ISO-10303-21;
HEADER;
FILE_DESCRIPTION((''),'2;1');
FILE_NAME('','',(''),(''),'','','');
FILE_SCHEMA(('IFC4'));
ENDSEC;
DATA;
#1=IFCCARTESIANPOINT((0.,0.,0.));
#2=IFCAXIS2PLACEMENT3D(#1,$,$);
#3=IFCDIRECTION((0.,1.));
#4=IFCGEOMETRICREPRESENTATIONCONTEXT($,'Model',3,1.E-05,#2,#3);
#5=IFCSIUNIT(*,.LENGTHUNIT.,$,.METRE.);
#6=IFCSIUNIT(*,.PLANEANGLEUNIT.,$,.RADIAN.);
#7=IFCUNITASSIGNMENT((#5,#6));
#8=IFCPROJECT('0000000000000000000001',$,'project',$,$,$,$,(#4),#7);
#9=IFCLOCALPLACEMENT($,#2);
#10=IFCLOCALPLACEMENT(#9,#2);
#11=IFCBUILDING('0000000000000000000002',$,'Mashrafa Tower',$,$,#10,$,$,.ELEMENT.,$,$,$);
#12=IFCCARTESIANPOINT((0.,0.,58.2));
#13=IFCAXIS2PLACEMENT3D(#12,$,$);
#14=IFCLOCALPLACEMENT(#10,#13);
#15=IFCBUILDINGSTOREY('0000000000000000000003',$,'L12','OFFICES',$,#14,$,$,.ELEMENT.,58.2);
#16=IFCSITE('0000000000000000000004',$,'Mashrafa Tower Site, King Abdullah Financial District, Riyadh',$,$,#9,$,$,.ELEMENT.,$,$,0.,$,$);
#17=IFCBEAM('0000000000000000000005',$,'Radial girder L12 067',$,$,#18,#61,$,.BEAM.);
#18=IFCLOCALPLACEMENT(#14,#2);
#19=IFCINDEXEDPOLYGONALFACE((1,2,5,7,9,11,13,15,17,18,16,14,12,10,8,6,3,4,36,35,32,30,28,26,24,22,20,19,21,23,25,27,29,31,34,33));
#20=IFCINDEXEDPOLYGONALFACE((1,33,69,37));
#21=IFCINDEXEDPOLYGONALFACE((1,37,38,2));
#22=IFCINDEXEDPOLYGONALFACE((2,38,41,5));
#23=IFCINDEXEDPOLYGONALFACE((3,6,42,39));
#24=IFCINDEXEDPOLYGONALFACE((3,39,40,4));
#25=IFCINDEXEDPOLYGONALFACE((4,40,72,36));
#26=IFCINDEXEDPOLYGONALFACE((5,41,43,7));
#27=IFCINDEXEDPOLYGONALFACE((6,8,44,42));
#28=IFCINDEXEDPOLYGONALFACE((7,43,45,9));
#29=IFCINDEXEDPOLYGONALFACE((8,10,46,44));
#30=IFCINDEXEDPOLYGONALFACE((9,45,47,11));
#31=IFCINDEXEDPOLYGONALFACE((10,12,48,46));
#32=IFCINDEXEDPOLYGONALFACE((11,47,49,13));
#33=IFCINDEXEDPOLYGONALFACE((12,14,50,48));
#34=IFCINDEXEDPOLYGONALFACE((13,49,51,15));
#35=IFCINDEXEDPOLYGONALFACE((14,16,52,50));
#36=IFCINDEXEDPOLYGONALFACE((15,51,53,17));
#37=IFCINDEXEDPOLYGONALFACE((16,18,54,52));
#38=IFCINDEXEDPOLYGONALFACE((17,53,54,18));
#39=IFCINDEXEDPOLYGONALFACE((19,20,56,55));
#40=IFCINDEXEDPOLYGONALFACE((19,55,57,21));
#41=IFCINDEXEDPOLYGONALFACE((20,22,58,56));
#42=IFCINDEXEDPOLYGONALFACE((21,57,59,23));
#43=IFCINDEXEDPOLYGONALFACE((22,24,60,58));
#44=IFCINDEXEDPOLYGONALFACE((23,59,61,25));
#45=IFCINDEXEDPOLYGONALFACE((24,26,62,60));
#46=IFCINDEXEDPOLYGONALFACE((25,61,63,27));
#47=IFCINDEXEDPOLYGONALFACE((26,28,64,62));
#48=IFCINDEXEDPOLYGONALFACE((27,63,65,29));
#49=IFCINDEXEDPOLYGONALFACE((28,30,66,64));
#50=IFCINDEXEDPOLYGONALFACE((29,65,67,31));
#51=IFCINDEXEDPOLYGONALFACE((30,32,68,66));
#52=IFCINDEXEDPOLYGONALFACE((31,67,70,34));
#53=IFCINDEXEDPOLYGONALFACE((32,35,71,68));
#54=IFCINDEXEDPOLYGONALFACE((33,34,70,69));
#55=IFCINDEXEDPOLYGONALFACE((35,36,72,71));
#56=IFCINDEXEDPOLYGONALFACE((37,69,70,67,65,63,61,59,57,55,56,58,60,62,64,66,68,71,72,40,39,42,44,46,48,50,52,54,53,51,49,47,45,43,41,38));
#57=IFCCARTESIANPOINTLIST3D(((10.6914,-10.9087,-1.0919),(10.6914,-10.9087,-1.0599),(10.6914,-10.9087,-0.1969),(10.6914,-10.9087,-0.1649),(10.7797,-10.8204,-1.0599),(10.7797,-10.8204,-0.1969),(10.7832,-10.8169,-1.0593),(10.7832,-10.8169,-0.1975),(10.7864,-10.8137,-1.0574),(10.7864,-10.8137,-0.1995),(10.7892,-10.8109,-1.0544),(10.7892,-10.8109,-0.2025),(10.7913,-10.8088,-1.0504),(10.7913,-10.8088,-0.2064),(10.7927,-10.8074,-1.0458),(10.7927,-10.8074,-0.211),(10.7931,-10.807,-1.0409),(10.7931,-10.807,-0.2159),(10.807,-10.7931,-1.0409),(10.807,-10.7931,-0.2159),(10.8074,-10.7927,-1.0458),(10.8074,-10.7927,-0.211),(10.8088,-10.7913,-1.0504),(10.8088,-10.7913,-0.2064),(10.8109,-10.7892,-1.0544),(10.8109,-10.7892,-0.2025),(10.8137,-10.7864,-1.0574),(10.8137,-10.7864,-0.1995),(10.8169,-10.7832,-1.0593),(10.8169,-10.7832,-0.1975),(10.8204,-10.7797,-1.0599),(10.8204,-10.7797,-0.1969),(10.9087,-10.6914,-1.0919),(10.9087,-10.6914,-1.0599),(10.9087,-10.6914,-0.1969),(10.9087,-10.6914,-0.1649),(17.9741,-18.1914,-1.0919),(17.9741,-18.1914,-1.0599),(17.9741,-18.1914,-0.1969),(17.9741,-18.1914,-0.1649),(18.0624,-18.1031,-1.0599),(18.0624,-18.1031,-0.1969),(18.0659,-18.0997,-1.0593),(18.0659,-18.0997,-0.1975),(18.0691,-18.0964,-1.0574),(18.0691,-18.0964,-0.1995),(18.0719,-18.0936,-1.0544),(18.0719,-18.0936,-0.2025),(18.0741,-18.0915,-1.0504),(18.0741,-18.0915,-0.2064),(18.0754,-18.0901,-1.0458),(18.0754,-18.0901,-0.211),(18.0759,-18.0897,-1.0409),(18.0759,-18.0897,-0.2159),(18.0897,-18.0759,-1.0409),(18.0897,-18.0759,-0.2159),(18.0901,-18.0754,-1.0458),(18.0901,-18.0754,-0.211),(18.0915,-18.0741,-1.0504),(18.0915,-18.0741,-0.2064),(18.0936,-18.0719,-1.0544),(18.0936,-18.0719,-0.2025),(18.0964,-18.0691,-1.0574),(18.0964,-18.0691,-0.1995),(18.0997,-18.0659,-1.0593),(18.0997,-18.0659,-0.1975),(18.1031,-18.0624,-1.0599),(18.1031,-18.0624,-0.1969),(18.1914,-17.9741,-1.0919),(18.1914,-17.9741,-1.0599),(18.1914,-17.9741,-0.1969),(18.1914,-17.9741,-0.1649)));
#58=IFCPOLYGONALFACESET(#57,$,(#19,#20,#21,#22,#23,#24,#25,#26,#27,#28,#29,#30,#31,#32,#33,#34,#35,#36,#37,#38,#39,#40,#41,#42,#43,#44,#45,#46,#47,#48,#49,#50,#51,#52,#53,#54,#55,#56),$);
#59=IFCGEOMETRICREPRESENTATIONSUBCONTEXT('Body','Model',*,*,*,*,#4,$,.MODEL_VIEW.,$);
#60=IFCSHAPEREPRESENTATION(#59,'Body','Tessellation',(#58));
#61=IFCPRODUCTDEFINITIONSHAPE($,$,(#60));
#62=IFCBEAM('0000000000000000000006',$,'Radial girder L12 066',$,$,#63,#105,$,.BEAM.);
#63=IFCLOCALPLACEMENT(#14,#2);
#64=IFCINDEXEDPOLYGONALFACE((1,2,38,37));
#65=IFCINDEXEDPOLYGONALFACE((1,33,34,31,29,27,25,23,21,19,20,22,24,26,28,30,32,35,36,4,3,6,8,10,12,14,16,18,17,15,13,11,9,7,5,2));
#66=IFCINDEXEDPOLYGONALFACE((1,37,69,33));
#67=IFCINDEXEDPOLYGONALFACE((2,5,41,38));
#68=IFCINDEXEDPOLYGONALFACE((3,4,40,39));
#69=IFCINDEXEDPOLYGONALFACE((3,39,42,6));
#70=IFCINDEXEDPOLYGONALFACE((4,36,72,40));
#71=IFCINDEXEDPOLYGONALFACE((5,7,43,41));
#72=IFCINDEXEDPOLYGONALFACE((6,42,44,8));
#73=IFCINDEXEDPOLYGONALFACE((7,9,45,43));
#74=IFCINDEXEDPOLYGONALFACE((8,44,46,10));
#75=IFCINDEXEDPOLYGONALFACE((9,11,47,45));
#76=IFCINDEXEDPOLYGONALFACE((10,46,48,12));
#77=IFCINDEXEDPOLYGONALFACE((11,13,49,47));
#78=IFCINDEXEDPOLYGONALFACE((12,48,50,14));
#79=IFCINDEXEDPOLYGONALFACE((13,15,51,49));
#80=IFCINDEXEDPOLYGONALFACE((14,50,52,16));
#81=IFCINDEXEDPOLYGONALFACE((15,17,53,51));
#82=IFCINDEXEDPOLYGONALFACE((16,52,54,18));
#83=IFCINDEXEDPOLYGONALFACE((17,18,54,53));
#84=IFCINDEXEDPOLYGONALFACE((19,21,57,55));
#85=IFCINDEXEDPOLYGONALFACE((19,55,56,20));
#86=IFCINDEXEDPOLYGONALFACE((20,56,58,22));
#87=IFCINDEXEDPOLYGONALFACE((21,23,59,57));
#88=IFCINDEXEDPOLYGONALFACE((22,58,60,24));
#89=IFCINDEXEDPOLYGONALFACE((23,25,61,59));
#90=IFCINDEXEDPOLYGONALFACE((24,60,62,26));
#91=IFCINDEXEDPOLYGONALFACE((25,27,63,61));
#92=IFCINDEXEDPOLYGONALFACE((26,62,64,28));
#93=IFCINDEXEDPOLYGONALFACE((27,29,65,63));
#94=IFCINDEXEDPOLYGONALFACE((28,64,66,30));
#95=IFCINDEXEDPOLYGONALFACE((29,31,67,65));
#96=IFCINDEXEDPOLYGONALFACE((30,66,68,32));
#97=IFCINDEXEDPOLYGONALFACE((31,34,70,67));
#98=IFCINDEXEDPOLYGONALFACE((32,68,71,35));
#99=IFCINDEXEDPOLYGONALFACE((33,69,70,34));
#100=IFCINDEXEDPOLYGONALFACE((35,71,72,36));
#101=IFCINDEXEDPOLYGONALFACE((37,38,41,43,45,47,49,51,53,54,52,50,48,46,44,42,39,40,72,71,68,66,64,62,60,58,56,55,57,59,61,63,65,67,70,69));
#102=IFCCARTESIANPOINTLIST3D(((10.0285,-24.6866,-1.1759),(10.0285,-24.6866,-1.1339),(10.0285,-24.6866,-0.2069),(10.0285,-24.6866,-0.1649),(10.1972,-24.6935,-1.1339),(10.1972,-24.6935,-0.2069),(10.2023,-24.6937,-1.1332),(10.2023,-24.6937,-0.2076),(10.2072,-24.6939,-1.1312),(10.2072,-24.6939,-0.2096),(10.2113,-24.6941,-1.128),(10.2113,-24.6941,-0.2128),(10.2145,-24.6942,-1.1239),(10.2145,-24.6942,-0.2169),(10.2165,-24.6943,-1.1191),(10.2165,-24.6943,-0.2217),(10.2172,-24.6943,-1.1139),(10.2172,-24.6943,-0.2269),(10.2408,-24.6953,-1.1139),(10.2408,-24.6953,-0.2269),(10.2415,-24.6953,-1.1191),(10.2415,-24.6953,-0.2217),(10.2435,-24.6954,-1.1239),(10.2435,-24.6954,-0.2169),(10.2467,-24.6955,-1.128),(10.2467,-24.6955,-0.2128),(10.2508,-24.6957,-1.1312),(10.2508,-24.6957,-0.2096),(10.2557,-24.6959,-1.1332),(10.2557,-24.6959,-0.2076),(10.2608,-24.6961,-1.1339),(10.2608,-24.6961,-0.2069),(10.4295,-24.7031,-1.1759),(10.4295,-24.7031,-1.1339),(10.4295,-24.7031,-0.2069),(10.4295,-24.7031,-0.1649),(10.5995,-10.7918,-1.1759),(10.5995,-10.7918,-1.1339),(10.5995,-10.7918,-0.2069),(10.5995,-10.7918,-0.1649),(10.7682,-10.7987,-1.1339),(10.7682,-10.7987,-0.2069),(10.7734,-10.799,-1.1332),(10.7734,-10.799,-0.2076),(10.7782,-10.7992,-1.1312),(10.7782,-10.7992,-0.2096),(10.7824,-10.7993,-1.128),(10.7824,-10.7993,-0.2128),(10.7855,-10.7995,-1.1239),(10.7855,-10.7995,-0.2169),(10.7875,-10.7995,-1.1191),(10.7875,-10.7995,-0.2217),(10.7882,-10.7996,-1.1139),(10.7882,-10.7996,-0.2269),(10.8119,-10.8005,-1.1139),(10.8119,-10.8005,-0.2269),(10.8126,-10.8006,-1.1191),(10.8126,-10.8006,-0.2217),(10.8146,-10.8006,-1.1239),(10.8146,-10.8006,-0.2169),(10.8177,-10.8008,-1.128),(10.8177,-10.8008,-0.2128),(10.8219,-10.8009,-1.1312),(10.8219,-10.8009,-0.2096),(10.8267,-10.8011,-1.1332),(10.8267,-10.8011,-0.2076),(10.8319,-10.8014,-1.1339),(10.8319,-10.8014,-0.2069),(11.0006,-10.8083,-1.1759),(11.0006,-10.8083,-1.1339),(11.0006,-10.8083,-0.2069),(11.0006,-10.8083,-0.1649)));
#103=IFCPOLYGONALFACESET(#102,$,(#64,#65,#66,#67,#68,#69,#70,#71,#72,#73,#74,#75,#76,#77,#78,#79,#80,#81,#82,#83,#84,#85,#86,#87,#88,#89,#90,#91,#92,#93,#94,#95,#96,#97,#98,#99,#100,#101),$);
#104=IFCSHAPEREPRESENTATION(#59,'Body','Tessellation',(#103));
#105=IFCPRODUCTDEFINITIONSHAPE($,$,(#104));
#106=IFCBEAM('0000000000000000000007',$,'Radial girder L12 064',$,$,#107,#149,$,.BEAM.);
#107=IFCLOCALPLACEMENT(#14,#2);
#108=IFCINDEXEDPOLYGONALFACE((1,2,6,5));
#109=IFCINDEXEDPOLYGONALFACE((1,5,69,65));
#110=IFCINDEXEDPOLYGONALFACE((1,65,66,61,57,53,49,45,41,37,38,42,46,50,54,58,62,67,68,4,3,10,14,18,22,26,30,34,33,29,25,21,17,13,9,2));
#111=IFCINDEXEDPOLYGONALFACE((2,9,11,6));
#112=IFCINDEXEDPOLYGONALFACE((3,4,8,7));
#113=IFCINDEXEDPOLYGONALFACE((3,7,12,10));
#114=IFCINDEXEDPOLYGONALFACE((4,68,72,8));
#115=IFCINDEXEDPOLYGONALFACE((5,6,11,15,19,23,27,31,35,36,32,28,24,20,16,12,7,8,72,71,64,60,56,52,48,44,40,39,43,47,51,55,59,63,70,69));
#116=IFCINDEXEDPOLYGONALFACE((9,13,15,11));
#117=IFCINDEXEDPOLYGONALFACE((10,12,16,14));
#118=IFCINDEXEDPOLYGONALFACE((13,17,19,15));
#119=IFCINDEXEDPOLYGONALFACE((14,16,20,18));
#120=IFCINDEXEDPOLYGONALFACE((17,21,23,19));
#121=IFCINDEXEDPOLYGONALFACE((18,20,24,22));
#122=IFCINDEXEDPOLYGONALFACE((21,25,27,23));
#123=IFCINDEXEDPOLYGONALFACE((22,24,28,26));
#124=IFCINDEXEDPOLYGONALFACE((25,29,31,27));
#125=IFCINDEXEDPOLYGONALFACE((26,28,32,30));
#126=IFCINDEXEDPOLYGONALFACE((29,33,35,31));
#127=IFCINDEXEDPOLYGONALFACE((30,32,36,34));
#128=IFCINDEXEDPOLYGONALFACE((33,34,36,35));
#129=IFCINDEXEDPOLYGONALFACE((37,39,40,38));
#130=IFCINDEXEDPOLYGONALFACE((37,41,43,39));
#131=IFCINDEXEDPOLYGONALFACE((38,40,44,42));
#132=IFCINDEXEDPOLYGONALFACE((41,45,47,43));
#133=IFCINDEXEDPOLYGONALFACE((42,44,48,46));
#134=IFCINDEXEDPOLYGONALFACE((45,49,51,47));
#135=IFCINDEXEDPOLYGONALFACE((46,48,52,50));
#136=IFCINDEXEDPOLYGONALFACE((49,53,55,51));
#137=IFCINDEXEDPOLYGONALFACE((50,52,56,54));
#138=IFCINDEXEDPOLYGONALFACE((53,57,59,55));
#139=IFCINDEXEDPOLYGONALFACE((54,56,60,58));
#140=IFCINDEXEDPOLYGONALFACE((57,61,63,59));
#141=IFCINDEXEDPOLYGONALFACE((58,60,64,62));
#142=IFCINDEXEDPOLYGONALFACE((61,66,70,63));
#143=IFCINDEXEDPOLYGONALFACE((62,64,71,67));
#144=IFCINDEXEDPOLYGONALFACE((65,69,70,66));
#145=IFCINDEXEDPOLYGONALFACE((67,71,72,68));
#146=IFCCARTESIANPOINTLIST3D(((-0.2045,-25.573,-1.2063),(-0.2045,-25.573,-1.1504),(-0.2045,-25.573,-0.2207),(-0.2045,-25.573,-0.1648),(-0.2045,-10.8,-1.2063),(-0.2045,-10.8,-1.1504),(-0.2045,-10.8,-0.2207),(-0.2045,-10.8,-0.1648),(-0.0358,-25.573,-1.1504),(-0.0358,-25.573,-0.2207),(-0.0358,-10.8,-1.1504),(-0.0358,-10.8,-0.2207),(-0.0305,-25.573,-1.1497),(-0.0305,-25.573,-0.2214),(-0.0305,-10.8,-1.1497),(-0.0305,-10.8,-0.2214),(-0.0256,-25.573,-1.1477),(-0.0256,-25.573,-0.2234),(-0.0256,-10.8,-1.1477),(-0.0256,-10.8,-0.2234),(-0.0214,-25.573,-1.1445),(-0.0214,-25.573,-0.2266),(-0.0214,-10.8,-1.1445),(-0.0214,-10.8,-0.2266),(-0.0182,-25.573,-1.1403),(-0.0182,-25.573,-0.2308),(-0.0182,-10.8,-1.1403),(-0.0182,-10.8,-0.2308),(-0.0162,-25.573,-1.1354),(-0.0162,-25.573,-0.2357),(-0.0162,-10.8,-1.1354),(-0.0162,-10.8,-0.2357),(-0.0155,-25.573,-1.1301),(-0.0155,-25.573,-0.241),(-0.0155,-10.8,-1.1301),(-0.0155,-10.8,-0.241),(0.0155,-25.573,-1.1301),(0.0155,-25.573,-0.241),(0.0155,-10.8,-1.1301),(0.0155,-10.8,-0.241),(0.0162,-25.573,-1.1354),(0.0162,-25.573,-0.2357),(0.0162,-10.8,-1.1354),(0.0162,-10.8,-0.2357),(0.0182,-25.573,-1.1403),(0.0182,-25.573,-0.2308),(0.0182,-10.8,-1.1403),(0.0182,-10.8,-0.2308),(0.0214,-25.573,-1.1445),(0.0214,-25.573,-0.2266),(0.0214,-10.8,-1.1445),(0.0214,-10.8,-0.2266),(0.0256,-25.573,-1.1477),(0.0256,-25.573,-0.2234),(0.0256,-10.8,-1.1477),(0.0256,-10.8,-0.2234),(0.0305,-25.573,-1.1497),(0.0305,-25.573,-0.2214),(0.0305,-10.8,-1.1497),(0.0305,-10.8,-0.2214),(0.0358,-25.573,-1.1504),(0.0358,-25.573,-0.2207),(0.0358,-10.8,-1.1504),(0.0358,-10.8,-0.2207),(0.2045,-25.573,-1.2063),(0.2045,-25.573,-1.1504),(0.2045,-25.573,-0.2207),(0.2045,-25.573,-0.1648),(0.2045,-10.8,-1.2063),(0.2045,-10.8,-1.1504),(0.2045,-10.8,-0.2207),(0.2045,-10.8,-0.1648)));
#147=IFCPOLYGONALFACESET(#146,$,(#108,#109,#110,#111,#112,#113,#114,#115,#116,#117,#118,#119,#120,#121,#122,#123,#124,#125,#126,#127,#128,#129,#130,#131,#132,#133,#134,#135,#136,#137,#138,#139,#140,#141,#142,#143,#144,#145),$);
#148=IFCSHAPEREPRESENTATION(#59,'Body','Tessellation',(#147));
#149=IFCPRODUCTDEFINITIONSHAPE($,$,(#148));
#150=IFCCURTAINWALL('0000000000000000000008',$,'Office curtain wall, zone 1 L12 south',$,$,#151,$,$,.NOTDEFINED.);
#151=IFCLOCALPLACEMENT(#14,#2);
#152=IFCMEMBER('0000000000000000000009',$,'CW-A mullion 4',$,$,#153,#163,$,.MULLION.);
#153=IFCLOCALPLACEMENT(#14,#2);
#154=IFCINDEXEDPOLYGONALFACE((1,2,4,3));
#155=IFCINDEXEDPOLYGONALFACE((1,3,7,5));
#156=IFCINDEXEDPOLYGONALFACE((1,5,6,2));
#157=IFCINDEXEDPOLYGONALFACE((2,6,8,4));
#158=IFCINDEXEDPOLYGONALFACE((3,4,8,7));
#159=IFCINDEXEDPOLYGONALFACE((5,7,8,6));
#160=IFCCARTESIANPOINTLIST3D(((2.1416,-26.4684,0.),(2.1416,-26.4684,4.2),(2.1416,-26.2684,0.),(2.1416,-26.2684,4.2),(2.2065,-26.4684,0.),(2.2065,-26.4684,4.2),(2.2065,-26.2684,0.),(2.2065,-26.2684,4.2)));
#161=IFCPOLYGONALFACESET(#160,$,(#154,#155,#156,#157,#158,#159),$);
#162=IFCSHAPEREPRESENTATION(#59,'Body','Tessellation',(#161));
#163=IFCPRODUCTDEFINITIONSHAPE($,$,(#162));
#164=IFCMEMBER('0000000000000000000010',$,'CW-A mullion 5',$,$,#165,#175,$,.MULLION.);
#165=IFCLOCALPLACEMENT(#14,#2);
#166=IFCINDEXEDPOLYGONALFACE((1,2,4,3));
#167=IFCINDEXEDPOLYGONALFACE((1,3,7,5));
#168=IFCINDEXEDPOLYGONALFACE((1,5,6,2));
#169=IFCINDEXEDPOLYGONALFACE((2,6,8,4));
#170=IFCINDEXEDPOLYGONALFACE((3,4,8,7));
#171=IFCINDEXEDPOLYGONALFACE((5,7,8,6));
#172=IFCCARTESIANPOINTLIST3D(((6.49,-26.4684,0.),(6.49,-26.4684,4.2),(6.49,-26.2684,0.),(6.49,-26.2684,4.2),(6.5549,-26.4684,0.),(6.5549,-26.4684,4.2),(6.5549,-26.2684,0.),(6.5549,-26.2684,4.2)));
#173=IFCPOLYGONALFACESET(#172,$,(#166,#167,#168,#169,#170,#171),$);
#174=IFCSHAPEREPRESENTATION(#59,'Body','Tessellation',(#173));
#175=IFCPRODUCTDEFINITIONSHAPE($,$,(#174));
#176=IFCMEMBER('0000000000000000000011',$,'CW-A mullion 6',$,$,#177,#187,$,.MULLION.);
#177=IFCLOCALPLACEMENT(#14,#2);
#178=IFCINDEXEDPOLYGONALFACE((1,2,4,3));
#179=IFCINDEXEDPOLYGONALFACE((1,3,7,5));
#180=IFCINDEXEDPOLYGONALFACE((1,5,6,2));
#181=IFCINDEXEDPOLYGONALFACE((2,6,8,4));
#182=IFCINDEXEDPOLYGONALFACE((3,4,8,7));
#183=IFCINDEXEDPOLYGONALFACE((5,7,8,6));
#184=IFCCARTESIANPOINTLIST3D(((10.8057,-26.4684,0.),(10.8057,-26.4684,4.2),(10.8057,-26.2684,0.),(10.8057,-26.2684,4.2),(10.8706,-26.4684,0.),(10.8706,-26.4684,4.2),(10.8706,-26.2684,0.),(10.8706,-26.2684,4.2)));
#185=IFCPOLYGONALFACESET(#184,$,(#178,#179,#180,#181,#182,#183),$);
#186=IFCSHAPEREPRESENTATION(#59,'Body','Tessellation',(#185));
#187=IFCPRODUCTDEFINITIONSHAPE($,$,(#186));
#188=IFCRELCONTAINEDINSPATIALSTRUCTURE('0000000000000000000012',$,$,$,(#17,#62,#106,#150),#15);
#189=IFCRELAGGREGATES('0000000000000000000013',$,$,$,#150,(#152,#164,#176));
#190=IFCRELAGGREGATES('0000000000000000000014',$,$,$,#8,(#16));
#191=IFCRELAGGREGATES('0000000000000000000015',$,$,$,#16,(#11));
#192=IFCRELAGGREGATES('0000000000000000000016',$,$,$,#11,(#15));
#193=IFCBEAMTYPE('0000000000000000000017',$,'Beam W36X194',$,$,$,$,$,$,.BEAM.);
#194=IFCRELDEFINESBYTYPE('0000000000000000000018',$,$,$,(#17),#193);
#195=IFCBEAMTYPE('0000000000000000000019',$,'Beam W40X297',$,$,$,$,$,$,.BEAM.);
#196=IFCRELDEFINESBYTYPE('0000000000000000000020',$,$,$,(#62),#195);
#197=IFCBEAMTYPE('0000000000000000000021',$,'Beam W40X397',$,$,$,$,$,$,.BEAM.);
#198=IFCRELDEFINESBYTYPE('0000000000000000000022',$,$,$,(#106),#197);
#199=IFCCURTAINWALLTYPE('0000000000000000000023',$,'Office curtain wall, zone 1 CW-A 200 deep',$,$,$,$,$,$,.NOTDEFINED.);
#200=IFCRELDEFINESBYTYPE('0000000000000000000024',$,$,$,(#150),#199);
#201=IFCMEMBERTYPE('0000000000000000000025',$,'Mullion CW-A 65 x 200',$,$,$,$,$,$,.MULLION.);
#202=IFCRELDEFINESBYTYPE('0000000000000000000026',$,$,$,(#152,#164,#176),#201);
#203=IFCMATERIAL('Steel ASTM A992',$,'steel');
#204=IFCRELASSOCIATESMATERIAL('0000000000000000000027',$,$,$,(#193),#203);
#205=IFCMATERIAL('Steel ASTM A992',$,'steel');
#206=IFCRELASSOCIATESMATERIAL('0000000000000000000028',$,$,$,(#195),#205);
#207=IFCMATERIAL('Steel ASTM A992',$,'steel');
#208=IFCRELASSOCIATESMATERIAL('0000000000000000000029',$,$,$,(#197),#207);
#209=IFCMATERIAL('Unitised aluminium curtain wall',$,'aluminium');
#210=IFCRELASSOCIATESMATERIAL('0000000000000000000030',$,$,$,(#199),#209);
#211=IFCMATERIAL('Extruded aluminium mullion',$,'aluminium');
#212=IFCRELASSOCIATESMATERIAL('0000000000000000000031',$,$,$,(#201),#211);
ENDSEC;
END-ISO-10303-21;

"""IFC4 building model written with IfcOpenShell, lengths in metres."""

from ifc_helpers import new_model, si_unit, direction, frame, origin, origin_2d, place, context, subcontext, project, spatial, rectangle, i_section, extrude, source, transform, mapped, material, material_profile, profile_set, type_object, type_shapes, element, aggregate, save


model = new_model("IFC4")

# Units and contexts
model_context = context("Model", 3, precision=1e-05, world=origin(), true_north=direction((0.0, 1.0)))
body_context = subcontext(model_context, "Body", "Model", "MODEL_VIEW")
ifc_project = project(units=[si_unit("LENGTHUNIT", "METRE"), si_unit("PLANEANGLEUNIT", "RADIAN")], contexts=[model_context])

# Site, building, storey
site_placement = place(None, origin())
site = spatial("IfcSite", under=ifc_project, at=site_placement, Name="Mashrafa Tower Site, King Abdullah Financial District, Riyadh", CompositionType="ELEMENT", RefElevation=0.0)
building_placement = place(site_placement, origin())
building = spatial("IfcBuilding", under=site, at=building_placement, Name="Mashrafa Tower", CompositionType="ELEMENT")
storey_placement = place(building_placement, frame((0.0, 0.0, 58.2)))
storey = spatial("IfcBuildingStorey", under=building, at=storey_placement, Name="L12", Description="OFFICES", CompositionType="ELEMENT", Elevation=58.2)

# Beams
ifc_material_1 = material(Name="Steel ASTM A992", Category="steel")
ifc_material_profile_1 = material_profile(ifc_material_1, i_section(OverallWidth=0.3074, OverallDepth=0.927, WebThickness=0.0195, FlangeThickness=0.032, FilletRadius=0.019, at=origin_2d()), Name="W36X194")
ifc_profile_set_1 = profile_set([ifc_material_profile_1], Name="Steel ASTM A992")
beam_type_1 = type_object("IfcBeamType", Name="Beam W36X194", PredefinedType="BEAM", material=ifc_profile_set_1)
beam_1_placement = place(storey_placement, frame((10.8, -10.8, -0.6284), z_axis=(0.707107, -0.707107, 0.0), x_axis=(0.707107, 0.707107, 0.0)))
element("IfcBeam", 1, at=beam_1_placement, inside=storey, type_object=beam_type_1, Name="Radial girder L12 067", PredefinedType="BEAM", context=body_context, shape_type="SweptSolid", body=[
    extrude(i_section(OverallWidth=0.3074, OverallDepth=0.927, WebThickness=0.0195, FlangeThickness=0.032, FilletRadius=0.019, at=origin_2d()), origin(), (0.0, 0.0, 1.0), 10.2993),
])
ifc_material_2 = material(Name="Steel ASTM A992", Category="steel")
ifc_material_profile_2 = material_profile(ifc_material_2, i_section(OverallWidth=0.4014, OverallDepth=1.011, WebThickness=0.0237, FlangeThickness=0.042, FilletRadius=0.02, at=origin_2d()), Name="W40X297")
ifc_profile_set_2 = profile_set([ifc_material_profile_2], Name="Steel ASTM A992")
beam_type_2 = type_object("IfcBeamType", Name="Beam W40X297", PredefinedType="BEAM", material=ifc_profile_set_2)
beam_2_placement = place(storey_placement, frame((10.8, -10.8, -0.6704), z_axis=(-0.041063, -0.999157, 0.0), x_axis=(0.999157, -0.041063, 0.0)))
element("IfcBeam", 2, at=beam_2_placement, inside=storey, type_object=beam_type_2, Name="Radial girder L12 066", PredefinedType="BEAM", context=body_context, shape_type="SweptSolid", body=[
    extrude(i_section(OverallWidth=0.4014, OverallDepth=1.011, WebThickness=0.0237, FlangeThickness=0.042, FilletRadius=0.02, at=origin_2d()), origin(), (0.0, 0.0, 1.0), 13.9065),
])
ifc_material_3 = material(Name="Steel ASTM A992", Category="steel")
ifc_material_profile_3 = material_profile(ifc_material_3, i_section(OverallWidth=0.4089, OverallDepth=1.0415, WebThickness=0.031, FlangeThickness=0.0559, FilletRadius=0.0203, at=origin_2d()), Name="W40X397")
ifc_profile_set_3 = profile_set([ifc_material_profile_3], Name="Steel ASTM A992")
beam_type_3 = type_object("IfcBeamType", Name="Beam W40X397", PredefinedType="BEAM", material=ifc_profile_set_3)
beam_3_placement = place(storey_placement, frame((0.0, -10.8, -0.6855), z_axis=(0.0, -1.0, 0.0), x_axis=(1.0, 0.0, 0.0)))
element("IfcBeam", 3, at=beam_3_placement, inside=storey, type_object=beam_type_3, Name="Radial girder L12 064", PredefinedType="BEAM", context=body_context, shape_type="SweptSolid", body=[
    extrude(i_section(OverallWidth=0.4089, OverallDepth=1.0415, WebThickness=0.031, FlangeThickness=0.0559, FilletRadius=0.0203, at=origin_2d()), origin(), (0.0, 0.0, 1.0), 14.7729),
])

# Curtain wall, members
ifc_material_4 = material(Name="Unitised aluminium curtain wall", Category="aluminium")
curtain_wall_type = type_object("IfcCurtainWallType", Name="Office curtain wall, zone 1 CW-A 200 deep", PredefinedType="NOTDEFINED", material=ifc_material_4)
curtain_wall_placement = place(storey_placement, origin())
curtain_wall = element("IfcCurtainWall", 4, at=curtain_wall_placement, inside=storey, type_object=curtain_wall_type, Name="Office curtain wall, zone 1 L12 south", PredefinedType="NOTDEFINED")
ifc_material_5 = material(Name="Extruded aluminium mullion", Category="aluminium")
ifc_material_profile_4 = material_profile(ifc_material_5, rectangle(XDim=0.2, YDim=0.0649, at=origin_2d()), Name="Mullion 65x200")
ifc_profile_set_4 = profile_set([ifc_material_profile_4], Name="Extruded aluminium mullion")
member_type_1 = type_object("IfcMemberType", Name="Mullion CW-A 65 x 200", PredefinedType="MULLION", material=ifc_profile_set_4)
shared_shape_1 = source(origin(), body_context, "Body", "SweptSolid", [
    extrude(rectangle(XDim=0.2, YDim=0.0649, at=origin_2d()), origin(), (0.0, 0.0, 1.0), 4.2),
])
type_shapes(member_type_1, [shared_shape_1])
member_1_placement = place(storey_placement, frame((2.1741, -26.3684, 0.0), z_axis=(0.0, 0.0, 1.0), x_axis=(0.0, 1.0, 0.0)))
member_1 = element("IfcMember", 5, at=member_1_placement, type_object=member_type_1, Name="CW-A mullion 4", PredefinedType="MULLION", context=body_context, shape_type="MappedRepresentation", body=[
    mapped(shared_shape_1, transform((0.0, 0.0, 0.0))),
])
member_2_placement = place(storey_placement, frame((6.5225, -26.3684, 0.0), z_axis=(0.0, 0.0, 1.0), x_axis=(0.0, 1.0, 0.0)))
member_2 = element("IfcMember", 6, at=member_2_placement, type_object=member_type_1, Name="CW-A mullion 5", PredefinedType="MULLION", context=body_context, shape_type="MappedRepresentation", body=[
    mapped(shared_shape_1, transform((0.0, 0.0, 0.0))),
])
member_3_placement = place(storey_placement, frame((10.8381, -26.3684, 0.0), z_axis=(0.0, 0.0, 1.0), x_axis=(0.0, 1.0, 0.0)))
member_3 = element("IfcMember", 7, at=member_3_placement, type_object=member_type_1, Name="CW-A mullion 6", PredefinedType="MULLION", context=body_context, shape_type="MappedRepresentation", body=[
    mapped(shared_shape_1, transform((0.0, 0.0, 0.0))),
])
aggregate(curtain_wall, [member_1, member_2, member_3])

save(model, "model.ifc")
